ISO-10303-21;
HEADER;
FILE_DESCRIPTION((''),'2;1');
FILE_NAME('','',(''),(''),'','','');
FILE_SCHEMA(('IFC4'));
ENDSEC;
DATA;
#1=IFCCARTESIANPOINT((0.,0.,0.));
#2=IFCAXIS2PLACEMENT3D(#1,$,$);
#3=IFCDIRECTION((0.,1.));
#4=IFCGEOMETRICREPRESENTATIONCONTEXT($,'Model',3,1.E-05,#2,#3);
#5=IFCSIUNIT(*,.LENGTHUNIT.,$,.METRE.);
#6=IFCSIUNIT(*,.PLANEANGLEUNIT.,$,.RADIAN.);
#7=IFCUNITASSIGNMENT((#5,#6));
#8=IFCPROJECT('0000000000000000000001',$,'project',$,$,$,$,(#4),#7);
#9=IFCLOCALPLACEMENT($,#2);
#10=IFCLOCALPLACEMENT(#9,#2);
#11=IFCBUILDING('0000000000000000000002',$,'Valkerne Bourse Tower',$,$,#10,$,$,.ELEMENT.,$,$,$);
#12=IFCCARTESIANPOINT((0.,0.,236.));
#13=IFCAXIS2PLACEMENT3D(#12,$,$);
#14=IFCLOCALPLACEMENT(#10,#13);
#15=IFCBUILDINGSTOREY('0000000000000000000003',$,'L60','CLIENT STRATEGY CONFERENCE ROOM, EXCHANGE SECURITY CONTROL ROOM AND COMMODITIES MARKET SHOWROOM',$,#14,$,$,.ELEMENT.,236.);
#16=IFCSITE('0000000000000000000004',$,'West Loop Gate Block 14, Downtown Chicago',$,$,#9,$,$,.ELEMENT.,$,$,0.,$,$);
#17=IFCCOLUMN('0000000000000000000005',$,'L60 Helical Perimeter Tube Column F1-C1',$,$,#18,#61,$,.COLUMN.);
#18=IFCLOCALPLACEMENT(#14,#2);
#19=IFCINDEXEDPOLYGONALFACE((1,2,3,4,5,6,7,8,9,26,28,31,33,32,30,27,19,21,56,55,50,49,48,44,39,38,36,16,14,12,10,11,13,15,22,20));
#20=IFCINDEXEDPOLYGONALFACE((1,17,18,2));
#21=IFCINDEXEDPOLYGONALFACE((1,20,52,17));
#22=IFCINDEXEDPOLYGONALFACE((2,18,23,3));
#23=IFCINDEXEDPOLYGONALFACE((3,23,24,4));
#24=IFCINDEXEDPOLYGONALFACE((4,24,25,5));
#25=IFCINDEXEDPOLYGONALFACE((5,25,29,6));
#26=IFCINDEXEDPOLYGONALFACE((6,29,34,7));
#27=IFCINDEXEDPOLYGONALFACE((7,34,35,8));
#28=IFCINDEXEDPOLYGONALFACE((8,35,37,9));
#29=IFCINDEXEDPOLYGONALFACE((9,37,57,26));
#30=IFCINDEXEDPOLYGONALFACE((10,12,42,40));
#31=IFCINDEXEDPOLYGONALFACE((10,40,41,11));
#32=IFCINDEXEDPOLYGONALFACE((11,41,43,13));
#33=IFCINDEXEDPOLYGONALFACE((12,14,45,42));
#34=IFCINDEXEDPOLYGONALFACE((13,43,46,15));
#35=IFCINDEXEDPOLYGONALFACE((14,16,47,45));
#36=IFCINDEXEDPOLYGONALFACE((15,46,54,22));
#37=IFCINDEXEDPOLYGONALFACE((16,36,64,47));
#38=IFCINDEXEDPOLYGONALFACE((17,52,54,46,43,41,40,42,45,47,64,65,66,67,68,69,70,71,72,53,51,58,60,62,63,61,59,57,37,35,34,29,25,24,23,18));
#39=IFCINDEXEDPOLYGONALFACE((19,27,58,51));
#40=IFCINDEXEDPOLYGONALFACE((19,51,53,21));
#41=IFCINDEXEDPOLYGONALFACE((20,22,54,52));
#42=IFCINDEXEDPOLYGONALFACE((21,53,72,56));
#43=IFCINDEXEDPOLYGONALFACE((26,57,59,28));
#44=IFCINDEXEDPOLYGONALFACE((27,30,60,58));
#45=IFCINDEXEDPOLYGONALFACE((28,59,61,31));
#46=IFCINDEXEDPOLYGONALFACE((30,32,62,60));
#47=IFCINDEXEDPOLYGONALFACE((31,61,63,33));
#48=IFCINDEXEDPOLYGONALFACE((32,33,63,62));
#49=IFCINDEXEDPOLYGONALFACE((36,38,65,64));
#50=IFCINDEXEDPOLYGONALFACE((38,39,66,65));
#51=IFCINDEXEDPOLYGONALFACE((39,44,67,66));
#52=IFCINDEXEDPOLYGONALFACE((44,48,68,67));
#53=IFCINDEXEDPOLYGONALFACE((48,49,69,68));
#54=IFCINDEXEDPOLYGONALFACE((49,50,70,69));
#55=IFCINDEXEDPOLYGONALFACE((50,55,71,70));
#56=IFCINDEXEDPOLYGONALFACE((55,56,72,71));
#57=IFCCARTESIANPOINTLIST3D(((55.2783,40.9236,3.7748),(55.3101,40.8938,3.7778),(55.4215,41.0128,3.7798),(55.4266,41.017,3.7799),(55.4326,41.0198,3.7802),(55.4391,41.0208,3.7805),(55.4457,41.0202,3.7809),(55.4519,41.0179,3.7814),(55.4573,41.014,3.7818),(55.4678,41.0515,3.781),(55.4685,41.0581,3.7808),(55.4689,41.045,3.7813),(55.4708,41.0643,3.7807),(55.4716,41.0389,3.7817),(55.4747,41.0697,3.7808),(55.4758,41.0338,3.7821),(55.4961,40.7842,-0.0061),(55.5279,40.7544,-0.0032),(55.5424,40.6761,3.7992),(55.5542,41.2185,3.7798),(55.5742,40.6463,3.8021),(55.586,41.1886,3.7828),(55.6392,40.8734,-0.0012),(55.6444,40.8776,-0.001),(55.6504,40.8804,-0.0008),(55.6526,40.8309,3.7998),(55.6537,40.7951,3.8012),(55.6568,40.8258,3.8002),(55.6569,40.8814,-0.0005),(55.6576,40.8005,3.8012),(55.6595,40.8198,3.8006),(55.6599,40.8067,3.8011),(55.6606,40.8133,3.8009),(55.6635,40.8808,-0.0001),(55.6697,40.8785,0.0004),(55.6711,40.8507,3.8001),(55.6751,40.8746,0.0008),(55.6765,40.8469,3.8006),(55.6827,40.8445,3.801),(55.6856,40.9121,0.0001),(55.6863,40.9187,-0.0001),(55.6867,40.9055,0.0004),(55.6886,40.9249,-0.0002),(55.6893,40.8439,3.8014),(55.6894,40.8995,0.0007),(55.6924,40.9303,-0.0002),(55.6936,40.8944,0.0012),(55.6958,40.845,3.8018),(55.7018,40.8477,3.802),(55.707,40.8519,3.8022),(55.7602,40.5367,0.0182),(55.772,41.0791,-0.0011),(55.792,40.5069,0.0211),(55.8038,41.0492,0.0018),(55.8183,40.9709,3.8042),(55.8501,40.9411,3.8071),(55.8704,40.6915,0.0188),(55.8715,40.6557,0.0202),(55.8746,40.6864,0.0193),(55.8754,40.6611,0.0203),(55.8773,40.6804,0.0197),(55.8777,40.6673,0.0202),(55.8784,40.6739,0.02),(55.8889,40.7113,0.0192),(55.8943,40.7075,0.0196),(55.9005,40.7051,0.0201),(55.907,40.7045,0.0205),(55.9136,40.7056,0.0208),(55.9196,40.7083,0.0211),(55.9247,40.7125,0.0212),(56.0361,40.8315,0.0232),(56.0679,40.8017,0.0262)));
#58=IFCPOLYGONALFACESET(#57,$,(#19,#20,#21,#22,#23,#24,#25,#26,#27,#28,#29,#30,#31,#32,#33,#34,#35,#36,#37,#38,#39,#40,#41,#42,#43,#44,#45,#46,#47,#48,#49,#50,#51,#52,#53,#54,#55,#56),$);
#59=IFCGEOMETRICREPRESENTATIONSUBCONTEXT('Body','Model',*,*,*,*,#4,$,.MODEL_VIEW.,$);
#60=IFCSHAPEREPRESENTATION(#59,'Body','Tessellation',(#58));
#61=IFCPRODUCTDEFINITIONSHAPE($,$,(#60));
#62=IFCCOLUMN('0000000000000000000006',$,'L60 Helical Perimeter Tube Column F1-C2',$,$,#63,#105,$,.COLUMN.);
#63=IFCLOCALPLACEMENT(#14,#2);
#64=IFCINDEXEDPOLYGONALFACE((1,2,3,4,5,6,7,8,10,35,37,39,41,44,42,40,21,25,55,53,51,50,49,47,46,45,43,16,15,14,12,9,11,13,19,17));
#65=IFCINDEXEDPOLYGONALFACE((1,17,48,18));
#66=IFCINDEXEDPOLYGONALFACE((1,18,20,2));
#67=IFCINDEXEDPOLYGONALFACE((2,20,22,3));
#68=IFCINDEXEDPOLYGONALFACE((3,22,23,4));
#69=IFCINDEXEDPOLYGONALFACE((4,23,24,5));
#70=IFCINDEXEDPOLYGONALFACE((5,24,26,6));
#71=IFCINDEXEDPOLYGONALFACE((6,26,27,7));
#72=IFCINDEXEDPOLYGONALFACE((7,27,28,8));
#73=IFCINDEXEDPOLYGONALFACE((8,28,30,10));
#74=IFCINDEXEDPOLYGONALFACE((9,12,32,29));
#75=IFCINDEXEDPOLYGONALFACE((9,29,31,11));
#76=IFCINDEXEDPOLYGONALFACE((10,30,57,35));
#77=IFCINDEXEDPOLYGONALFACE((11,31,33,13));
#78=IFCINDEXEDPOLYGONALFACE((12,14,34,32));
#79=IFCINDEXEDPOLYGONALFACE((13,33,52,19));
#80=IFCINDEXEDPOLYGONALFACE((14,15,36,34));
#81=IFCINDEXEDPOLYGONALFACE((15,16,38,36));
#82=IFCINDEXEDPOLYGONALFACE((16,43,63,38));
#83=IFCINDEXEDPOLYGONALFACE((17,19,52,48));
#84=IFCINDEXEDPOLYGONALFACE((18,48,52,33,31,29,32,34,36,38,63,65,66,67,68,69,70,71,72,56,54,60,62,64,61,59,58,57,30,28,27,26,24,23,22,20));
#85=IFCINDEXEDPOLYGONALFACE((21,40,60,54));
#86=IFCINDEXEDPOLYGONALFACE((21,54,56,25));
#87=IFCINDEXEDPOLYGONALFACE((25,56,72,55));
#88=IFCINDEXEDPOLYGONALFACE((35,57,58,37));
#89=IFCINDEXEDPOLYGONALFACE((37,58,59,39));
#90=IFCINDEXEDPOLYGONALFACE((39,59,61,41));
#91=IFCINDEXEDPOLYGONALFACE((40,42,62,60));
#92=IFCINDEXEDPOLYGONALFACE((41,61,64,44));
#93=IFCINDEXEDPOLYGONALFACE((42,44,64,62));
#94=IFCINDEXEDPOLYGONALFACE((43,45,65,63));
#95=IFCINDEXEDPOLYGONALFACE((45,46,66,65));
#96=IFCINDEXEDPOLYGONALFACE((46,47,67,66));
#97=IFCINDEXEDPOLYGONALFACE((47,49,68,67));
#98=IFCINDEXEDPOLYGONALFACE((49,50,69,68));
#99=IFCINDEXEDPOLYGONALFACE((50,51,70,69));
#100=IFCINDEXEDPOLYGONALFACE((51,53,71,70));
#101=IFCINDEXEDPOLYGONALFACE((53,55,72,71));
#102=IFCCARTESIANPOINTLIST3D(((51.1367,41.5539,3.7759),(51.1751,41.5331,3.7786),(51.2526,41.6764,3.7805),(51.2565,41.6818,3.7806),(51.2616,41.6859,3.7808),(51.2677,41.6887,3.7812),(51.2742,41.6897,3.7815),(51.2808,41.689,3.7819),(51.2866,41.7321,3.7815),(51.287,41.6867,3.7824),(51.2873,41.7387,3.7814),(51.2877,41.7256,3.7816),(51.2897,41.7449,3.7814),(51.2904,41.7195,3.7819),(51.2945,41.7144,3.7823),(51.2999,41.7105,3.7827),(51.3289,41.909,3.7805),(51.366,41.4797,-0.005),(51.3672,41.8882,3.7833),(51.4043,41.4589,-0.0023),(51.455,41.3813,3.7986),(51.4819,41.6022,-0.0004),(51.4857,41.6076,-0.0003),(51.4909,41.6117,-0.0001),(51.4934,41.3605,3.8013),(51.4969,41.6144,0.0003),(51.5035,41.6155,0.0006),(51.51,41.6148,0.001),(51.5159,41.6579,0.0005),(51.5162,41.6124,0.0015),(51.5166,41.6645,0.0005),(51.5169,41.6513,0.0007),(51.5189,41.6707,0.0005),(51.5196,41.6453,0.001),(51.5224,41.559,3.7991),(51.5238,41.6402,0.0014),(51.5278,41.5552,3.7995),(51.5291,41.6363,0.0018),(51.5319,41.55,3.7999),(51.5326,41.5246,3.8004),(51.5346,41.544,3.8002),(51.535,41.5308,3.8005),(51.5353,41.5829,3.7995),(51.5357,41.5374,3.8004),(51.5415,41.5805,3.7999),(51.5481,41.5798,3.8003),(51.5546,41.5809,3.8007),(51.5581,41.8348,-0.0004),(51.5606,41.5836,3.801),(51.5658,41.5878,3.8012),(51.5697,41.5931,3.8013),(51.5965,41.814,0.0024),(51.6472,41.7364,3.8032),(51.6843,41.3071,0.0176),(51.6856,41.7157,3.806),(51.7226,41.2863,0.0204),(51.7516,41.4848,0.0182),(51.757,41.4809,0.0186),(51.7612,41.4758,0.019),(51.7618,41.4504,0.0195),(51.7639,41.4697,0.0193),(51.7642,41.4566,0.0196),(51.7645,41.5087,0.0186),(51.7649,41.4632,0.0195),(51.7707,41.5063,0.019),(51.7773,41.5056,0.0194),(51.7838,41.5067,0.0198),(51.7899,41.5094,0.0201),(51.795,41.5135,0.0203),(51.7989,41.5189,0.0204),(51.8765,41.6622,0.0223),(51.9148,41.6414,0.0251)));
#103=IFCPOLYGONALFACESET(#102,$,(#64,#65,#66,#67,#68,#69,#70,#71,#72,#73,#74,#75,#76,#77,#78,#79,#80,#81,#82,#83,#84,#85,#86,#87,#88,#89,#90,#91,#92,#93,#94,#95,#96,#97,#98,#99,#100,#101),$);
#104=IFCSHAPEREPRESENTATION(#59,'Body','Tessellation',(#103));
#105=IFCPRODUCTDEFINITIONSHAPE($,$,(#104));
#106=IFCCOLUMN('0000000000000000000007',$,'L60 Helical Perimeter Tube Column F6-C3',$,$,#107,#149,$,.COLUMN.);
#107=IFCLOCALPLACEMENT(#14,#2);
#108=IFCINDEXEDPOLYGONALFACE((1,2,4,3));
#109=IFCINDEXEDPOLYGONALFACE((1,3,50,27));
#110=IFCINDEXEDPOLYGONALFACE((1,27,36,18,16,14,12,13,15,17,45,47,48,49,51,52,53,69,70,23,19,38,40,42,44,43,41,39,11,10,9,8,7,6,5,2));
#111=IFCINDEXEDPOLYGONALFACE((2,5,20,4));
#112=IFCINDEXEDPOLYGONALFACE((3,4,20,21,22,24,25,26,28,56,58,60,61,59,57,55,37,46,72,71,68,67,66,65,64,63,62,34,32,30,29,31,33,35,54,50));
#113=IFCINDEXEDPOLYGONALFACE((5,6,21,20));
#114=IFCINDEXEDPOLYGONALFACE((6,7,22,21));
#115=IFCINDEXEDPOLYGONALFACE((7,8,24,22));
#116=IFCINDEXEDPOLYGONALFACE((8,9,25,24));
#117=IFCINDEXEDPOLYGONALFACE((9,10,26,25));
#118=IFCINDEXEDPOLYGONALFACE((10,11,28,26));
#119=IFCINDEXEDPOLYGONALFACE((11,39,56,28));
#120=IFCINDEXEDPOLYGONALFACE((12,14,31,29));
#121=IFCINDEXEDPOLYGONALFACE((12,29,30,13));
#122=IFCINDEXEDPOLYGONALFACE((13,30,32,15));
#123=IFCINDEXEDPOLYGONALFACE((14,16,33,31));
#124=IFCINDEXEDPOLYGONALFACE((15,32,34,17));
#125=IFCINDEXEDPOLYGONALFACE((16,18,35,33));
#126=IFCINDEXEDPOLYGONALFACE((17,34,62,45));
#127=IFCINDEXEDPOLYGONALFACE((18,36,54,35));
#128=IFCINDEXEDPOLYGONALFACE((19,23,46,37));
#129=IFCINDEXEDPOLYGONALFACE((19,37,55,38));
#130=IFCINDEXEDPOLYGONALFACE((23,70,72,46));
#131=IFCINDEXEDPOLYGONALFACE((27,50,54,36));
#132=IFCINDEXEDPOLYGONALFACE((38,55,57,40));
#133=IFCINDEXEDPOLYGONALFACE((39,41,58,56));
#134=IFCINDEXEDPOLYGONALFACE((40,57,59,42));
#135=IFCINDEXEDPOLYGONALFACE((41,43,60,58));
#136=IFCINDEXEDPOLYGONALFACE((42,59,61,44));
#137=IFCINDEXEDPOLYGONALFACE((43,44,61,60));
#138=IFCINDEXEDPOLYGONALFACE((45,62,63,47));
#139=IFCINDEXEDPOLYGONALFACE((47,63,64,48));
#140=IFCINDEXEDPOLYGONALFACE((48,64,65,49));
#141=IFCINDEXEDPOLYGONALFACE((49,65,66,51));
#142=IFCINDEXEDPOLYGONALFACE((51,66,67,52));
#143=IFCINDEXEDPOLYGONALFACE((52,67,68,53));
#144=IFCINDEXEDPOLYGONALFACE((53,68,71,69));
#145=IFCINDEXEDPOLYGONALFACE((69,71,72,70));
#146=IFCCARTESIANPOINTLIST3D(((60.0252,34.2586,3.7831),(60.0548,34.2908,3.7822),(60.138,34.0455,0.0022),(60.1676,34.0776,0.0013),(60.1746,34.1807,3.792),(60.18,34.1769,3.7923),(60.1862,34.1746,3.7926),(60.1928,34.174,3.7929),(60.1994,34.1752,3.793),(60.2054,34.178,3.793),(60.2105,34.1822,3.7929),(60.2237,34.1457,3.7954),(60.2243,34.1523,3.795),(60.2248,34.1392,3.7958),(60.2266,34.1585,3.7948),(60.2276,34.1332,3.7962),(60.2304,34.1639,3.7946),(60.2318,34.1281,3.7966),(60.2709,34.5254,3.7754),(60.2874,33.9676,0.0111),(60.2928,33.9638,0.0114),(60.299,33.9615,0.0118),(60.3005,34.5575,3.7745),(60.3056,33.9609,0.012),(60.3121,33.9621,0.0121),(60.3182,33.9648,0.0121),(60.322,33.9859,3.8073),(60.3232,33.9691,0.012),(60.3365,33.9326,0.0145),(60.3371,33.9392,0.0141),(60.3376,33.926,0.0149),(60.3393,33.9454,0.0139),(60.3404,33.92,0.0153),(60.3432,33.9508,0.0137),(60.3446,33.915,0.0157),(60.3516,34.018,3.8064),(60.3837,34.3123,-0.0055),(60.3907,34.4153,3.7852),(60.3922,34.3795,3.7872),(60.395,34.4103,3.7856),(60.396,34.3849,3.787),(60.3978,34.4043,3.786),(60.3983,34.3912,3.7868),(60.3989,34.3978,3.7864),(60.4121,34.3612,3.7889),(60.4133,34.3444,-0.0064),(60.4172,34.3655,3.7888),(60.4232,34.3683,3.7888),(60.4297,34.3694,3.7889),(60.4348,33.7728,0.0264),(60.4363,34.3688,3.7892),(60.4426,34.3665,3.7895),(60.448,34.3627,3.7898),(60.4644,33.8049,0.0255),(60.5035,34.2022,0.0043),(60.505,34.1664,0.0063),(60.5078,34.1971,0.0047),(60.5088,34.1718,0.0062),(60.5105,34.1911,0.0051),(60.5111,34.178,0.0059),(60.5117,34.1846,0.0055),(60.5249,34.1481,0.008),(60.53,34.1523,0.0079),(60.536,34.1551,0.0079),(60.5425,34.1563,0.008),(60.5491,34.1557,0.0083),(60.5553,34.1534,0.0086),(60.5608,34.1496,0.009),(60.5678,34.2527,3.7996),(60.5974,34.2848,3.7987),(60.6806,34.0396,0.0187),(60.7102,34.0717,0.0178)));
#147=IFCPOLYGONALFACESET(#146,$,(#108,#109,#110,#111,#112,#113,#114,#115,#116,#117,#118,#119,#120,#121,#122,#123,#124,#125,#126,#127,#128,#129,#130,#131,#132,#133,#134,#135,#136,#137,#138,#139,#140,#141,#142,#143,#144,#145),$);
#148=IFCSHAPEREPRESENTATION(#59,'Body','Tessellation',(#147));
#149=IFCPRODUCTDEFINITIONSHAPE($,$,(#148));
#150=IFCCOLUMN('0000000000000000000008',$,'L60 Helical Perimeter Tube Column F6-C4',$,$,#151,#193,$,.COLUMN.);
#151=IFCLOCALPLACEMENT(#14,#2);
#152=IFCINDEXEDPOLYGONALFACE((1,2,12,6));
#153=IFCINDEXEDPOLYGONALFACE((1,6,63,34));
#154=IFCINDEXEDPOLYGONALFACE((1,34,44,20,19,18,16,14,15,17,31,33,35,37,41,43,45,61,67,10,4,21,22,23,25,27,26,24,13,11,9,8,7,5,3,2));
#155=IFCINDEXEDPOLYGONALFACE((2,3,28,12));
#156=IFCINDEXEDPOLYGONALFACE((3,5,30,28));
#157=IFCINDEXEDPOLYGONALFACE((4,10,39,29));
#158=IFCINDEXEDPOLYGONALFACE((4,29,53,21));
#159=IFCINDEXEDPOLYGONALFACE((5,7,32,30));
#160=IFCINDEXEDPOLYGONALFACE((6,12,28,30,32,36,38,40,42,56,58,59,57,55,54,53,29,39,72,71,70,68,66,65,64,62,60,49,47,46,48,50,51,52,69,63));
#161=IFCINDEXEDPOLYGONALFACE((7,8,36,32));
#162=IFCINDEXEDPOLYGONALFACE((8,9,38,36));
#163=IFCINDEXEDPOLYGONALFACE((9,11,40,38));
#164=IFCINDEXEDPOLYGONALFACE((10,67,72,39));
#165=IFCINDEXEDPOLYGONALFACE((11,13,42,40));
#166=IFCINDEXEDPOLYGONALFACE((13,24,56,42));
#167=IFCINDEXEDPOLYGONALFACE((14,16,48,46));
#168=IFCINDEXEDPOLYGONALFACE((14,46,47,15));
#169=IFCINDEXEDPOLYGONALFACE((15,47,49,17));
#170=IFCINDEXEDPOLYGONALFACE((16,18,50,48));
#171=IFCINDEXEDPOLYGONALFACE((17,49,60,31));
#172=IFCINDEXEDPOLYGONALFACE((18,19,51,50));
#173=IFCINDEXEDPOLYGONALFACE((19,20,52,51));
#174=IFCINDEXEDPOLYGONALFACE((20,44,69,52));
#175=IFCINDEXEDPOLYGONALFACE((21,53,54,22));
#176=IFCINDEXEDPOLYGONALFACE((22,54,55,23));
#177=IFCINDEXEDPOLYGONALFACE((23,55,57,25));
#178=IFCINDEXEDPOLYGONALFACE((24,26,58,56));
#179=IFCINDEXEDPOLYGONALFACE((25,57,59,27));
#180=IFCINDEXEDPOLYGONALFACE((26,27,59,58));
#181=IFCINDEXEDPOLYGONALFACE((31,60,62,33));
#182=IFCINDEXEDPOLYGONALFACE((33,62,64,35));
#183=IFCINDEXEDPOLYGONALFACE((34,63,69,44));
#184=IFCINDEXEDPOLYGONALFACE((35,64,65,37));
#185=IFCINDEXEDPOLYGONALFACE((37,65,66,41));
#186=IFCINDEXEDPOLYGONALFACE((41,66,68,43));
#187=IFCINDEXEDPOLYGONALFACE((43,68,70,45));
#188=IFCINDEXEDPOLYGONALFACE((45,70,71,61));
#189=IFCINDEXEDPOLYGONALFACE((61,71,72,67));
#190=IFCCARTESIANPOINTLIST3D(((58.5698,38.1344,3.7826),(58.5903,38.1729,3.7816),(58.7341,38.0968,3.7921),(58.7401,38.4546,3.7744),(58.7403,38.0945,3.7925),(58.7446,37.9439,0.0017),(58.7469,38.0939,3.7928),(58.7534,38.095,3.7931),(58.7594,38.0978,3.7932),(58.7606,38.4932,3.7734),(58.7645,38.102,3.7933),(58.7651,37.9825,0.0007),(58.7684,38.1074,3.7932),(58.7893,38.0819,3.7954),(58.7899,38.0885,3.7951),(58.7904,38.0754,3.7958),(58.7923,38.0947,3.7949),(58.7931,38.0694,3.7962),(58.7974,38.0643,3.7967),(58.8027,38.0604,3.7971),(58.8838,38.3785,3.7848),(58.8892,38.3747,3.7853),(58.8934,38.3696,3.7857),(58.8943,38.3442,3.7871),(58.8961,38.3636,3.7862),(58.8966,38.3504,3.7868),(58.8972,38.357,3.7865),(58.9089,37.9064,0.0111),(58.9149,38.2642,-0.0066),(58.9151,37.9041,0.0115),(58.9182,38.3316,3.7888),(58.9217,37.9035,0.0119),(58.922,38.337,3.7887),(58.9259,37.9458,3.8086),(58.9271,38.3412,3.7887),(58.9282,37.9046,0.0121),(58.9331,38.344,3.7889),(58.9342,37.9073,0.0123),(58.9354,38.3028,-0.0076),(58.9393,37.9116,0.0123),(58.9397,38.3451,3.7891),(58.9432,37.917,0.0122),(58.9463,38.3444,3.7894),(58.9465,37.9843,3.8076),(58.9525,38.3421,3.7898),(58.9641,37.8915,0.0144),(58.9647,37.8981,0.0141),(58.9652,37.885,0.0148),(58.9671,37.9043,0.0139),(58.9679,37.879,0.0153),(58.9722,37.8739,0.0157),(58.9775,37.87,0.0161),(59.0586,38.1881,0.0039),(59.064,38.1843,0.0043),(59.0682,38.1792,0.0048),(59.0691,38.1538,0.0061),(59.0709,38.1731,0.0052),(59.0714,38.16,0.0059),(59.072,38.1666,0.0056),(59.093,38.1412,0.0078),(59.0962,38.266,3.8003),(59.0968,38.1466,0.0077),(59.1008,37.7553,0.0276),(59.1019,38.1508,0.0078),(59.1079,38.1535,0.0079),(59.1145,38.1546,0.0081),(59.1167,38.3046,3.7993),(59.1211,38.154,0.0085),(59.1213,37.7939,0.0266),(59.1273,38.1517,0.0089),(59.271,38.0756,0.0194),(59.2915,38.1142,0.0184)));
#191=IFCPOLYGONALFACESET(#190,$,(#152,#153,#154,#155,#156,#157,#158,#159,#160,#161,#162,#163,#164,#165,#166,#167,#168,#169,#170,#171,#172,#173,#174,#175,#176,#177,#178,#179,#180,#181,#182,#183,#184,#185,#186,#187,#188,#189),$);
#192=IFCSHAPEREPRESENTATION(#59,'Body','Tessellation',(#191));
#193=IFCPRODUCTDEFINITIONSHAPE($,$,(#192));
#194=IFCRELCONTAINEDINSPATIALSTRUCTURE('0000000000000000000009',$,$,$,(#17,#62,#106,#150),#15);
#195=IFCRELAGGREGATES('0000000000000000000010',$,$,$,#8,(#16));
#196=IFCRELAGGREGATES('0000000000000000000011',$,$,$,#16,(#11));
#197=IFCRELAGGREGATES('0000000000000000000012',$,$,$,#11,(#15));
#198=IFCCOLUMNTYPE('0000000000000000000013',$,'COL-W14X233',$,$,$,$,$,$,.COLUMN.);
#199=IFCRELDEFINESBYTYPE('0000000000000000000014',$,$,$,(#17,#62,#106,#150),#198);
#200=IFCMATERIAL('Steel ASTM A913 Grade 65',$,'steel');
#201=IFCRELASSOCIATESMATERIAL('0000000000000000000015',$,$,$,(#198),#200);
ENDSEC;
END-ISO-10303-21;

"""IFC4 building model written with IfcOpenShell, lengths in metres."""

from ifc_helpers import new_model, si_unit, direction, frame, origin, origin_2d, place, context, subcontext, project, spatial, i_section, extrude, material, material_profile, profile_set, type_object, element, save


model = new_model("IFC4")

# Units and contexts
model_context = context("Model", 3, precision=1e-05, world=origin(), true_north=direction((0.0, 1.0)))
body_context = subcontext(model_context, "Body", "Model", "MODEL_VIEW")
ifc_project = project(units=[si_unit("LENGTHUNIT", "METRE"), si_unit("PLANEANGLEUNIT", "RADIAN")], contexts=[model_context])

# Site, building, storey
site_placement = place(None, origin())
site = spatial("IfcSite", under=ifc_project, at=site_placement, Name="West Loop Gate Block 14, Downtown Chicago", CompositionType="ELEMENT", RefElevation=0.0)
building_placement = place(site_placement, origin())
building = spatial("IfcBuilding", under=site, at=building_placement, Name="Valkerne Bourse Tower", CompositionType="ELEMENT")
storey_placement = place(building_placement, frame((0.0, 0.0, 236.0)))
storey = spatial("IfcBuildingStorey", under=building, at=storey_placement, Name="L60", Description="CLIENT STRATEGY CONFERENCE ROOM, EXCHANGE SECURITY CONTROL ROOM AND COMMODITIES MARKET SHOWROOM", CompositionType="ELEMENT", Elevation=236.0)

# Columns
ifc_material_1 = material(Name="Steel ASTM A913 Grade 65", Category="steel")
ifc_material_profile_1 = material_profile(ifc_material_1, i_section(OverallWidth=0.4038, OverallDepth=0.4065, WebThickness=0.0271, FlangeThickness=0.0437, FilletRadius=0.0254, at=origin_2d()), Name="W14X233")
ifc_profile_set_1 = profile_set([ifc_material_profile_1], Name="Steel ASTM A913 Grade 65")
column_type = type_object("IfcColumnType", Name="COL-W14X233", PredefinedType="COLUMN", material=ifc_profile_set_1)
column_1_placement = place(storey_placement, frame((55.782, 40.793, 0.01), z_axis=(-0.057462, 0.036784, 0.99767), x_axis=(0.683231, 0.730096, 0.012433)))
element("IfcColumn", 1, at=column_1_placement, inside=storey, type_object=column_type, Name="L60 Helical Perimeter Tube Column F1-C1", PredefinedType="COLUMN", context=body_context, shape_type="SweptSolid", body=[
    extrude(i_section(OverallWidth=0.4038, OverallDepth=0.4065, WebThickness=0.0271, FlangeThickness=0.0437, FilletRadius=0.0254, at=origin_2d()), origin(), (0.0, 0.0, 1.0), 3.7898),
])
for number, where, z_axis, x_axis, name in (
    (2, (51.6404, 41.5605, 0.01), (-0.060509, 0.01959, 0.997975), (0.475876, 0.879436, 0.01159), "L60 Helical Perimeter Tube Column F1-C2"),
    (3, (60.4241, 34.0586, 0.01), (-0.029771, 0.056256, 0.997972), (0.735064, -0.675338, 0.059997), "L60 Helical Perimeter Tube Column F6-C3"),
):
    element("IfcColumn", number, at=place(storey_placement, frame(where, z_axis=z_axis, x_axis=x_axis)), inside=storey, type_object=column_type, Name=name, PredefinedType="COLUMN", context=body_context, shape_type="SweptSolid", body=[
        extrude(i_section(OverallWidth=0.4038, OverallDepth=0.4065, WebThickness=0.0271, FlangeThickness=0.0437, FilletRadius=0.0254, at=origin_2d()), origin(), (0.0, 0.0, 1.0), 3.7886),
    ])
column_2_placement = place(storey_placement, frame((59.0181, 38.0291, 0.01), z_axis=(-0.046125, 0.050248, 0.997671), x_axis=(0.881875, -0.467078, 0.064295)))
element("IfcColumn", 4, at=column_2_placement, inside=storey, type_object=column_type, Name="L60 Helical Perimeter Tube Column F6-C4", PredefinedType="COLUMN", context=body_context, shape_type="SweptSolid", body=[
    extrude(i_section(OverallWidth=0.4038, OverallDepth=0.4065, WebThickness=0.0271, FlangeThickness=0.0437, FilletRadius=0.0254, at=origin_2d()), origin(), (0.0, 0.0, 1.0), 3.7898),
])

save(model, "model.ifc")
